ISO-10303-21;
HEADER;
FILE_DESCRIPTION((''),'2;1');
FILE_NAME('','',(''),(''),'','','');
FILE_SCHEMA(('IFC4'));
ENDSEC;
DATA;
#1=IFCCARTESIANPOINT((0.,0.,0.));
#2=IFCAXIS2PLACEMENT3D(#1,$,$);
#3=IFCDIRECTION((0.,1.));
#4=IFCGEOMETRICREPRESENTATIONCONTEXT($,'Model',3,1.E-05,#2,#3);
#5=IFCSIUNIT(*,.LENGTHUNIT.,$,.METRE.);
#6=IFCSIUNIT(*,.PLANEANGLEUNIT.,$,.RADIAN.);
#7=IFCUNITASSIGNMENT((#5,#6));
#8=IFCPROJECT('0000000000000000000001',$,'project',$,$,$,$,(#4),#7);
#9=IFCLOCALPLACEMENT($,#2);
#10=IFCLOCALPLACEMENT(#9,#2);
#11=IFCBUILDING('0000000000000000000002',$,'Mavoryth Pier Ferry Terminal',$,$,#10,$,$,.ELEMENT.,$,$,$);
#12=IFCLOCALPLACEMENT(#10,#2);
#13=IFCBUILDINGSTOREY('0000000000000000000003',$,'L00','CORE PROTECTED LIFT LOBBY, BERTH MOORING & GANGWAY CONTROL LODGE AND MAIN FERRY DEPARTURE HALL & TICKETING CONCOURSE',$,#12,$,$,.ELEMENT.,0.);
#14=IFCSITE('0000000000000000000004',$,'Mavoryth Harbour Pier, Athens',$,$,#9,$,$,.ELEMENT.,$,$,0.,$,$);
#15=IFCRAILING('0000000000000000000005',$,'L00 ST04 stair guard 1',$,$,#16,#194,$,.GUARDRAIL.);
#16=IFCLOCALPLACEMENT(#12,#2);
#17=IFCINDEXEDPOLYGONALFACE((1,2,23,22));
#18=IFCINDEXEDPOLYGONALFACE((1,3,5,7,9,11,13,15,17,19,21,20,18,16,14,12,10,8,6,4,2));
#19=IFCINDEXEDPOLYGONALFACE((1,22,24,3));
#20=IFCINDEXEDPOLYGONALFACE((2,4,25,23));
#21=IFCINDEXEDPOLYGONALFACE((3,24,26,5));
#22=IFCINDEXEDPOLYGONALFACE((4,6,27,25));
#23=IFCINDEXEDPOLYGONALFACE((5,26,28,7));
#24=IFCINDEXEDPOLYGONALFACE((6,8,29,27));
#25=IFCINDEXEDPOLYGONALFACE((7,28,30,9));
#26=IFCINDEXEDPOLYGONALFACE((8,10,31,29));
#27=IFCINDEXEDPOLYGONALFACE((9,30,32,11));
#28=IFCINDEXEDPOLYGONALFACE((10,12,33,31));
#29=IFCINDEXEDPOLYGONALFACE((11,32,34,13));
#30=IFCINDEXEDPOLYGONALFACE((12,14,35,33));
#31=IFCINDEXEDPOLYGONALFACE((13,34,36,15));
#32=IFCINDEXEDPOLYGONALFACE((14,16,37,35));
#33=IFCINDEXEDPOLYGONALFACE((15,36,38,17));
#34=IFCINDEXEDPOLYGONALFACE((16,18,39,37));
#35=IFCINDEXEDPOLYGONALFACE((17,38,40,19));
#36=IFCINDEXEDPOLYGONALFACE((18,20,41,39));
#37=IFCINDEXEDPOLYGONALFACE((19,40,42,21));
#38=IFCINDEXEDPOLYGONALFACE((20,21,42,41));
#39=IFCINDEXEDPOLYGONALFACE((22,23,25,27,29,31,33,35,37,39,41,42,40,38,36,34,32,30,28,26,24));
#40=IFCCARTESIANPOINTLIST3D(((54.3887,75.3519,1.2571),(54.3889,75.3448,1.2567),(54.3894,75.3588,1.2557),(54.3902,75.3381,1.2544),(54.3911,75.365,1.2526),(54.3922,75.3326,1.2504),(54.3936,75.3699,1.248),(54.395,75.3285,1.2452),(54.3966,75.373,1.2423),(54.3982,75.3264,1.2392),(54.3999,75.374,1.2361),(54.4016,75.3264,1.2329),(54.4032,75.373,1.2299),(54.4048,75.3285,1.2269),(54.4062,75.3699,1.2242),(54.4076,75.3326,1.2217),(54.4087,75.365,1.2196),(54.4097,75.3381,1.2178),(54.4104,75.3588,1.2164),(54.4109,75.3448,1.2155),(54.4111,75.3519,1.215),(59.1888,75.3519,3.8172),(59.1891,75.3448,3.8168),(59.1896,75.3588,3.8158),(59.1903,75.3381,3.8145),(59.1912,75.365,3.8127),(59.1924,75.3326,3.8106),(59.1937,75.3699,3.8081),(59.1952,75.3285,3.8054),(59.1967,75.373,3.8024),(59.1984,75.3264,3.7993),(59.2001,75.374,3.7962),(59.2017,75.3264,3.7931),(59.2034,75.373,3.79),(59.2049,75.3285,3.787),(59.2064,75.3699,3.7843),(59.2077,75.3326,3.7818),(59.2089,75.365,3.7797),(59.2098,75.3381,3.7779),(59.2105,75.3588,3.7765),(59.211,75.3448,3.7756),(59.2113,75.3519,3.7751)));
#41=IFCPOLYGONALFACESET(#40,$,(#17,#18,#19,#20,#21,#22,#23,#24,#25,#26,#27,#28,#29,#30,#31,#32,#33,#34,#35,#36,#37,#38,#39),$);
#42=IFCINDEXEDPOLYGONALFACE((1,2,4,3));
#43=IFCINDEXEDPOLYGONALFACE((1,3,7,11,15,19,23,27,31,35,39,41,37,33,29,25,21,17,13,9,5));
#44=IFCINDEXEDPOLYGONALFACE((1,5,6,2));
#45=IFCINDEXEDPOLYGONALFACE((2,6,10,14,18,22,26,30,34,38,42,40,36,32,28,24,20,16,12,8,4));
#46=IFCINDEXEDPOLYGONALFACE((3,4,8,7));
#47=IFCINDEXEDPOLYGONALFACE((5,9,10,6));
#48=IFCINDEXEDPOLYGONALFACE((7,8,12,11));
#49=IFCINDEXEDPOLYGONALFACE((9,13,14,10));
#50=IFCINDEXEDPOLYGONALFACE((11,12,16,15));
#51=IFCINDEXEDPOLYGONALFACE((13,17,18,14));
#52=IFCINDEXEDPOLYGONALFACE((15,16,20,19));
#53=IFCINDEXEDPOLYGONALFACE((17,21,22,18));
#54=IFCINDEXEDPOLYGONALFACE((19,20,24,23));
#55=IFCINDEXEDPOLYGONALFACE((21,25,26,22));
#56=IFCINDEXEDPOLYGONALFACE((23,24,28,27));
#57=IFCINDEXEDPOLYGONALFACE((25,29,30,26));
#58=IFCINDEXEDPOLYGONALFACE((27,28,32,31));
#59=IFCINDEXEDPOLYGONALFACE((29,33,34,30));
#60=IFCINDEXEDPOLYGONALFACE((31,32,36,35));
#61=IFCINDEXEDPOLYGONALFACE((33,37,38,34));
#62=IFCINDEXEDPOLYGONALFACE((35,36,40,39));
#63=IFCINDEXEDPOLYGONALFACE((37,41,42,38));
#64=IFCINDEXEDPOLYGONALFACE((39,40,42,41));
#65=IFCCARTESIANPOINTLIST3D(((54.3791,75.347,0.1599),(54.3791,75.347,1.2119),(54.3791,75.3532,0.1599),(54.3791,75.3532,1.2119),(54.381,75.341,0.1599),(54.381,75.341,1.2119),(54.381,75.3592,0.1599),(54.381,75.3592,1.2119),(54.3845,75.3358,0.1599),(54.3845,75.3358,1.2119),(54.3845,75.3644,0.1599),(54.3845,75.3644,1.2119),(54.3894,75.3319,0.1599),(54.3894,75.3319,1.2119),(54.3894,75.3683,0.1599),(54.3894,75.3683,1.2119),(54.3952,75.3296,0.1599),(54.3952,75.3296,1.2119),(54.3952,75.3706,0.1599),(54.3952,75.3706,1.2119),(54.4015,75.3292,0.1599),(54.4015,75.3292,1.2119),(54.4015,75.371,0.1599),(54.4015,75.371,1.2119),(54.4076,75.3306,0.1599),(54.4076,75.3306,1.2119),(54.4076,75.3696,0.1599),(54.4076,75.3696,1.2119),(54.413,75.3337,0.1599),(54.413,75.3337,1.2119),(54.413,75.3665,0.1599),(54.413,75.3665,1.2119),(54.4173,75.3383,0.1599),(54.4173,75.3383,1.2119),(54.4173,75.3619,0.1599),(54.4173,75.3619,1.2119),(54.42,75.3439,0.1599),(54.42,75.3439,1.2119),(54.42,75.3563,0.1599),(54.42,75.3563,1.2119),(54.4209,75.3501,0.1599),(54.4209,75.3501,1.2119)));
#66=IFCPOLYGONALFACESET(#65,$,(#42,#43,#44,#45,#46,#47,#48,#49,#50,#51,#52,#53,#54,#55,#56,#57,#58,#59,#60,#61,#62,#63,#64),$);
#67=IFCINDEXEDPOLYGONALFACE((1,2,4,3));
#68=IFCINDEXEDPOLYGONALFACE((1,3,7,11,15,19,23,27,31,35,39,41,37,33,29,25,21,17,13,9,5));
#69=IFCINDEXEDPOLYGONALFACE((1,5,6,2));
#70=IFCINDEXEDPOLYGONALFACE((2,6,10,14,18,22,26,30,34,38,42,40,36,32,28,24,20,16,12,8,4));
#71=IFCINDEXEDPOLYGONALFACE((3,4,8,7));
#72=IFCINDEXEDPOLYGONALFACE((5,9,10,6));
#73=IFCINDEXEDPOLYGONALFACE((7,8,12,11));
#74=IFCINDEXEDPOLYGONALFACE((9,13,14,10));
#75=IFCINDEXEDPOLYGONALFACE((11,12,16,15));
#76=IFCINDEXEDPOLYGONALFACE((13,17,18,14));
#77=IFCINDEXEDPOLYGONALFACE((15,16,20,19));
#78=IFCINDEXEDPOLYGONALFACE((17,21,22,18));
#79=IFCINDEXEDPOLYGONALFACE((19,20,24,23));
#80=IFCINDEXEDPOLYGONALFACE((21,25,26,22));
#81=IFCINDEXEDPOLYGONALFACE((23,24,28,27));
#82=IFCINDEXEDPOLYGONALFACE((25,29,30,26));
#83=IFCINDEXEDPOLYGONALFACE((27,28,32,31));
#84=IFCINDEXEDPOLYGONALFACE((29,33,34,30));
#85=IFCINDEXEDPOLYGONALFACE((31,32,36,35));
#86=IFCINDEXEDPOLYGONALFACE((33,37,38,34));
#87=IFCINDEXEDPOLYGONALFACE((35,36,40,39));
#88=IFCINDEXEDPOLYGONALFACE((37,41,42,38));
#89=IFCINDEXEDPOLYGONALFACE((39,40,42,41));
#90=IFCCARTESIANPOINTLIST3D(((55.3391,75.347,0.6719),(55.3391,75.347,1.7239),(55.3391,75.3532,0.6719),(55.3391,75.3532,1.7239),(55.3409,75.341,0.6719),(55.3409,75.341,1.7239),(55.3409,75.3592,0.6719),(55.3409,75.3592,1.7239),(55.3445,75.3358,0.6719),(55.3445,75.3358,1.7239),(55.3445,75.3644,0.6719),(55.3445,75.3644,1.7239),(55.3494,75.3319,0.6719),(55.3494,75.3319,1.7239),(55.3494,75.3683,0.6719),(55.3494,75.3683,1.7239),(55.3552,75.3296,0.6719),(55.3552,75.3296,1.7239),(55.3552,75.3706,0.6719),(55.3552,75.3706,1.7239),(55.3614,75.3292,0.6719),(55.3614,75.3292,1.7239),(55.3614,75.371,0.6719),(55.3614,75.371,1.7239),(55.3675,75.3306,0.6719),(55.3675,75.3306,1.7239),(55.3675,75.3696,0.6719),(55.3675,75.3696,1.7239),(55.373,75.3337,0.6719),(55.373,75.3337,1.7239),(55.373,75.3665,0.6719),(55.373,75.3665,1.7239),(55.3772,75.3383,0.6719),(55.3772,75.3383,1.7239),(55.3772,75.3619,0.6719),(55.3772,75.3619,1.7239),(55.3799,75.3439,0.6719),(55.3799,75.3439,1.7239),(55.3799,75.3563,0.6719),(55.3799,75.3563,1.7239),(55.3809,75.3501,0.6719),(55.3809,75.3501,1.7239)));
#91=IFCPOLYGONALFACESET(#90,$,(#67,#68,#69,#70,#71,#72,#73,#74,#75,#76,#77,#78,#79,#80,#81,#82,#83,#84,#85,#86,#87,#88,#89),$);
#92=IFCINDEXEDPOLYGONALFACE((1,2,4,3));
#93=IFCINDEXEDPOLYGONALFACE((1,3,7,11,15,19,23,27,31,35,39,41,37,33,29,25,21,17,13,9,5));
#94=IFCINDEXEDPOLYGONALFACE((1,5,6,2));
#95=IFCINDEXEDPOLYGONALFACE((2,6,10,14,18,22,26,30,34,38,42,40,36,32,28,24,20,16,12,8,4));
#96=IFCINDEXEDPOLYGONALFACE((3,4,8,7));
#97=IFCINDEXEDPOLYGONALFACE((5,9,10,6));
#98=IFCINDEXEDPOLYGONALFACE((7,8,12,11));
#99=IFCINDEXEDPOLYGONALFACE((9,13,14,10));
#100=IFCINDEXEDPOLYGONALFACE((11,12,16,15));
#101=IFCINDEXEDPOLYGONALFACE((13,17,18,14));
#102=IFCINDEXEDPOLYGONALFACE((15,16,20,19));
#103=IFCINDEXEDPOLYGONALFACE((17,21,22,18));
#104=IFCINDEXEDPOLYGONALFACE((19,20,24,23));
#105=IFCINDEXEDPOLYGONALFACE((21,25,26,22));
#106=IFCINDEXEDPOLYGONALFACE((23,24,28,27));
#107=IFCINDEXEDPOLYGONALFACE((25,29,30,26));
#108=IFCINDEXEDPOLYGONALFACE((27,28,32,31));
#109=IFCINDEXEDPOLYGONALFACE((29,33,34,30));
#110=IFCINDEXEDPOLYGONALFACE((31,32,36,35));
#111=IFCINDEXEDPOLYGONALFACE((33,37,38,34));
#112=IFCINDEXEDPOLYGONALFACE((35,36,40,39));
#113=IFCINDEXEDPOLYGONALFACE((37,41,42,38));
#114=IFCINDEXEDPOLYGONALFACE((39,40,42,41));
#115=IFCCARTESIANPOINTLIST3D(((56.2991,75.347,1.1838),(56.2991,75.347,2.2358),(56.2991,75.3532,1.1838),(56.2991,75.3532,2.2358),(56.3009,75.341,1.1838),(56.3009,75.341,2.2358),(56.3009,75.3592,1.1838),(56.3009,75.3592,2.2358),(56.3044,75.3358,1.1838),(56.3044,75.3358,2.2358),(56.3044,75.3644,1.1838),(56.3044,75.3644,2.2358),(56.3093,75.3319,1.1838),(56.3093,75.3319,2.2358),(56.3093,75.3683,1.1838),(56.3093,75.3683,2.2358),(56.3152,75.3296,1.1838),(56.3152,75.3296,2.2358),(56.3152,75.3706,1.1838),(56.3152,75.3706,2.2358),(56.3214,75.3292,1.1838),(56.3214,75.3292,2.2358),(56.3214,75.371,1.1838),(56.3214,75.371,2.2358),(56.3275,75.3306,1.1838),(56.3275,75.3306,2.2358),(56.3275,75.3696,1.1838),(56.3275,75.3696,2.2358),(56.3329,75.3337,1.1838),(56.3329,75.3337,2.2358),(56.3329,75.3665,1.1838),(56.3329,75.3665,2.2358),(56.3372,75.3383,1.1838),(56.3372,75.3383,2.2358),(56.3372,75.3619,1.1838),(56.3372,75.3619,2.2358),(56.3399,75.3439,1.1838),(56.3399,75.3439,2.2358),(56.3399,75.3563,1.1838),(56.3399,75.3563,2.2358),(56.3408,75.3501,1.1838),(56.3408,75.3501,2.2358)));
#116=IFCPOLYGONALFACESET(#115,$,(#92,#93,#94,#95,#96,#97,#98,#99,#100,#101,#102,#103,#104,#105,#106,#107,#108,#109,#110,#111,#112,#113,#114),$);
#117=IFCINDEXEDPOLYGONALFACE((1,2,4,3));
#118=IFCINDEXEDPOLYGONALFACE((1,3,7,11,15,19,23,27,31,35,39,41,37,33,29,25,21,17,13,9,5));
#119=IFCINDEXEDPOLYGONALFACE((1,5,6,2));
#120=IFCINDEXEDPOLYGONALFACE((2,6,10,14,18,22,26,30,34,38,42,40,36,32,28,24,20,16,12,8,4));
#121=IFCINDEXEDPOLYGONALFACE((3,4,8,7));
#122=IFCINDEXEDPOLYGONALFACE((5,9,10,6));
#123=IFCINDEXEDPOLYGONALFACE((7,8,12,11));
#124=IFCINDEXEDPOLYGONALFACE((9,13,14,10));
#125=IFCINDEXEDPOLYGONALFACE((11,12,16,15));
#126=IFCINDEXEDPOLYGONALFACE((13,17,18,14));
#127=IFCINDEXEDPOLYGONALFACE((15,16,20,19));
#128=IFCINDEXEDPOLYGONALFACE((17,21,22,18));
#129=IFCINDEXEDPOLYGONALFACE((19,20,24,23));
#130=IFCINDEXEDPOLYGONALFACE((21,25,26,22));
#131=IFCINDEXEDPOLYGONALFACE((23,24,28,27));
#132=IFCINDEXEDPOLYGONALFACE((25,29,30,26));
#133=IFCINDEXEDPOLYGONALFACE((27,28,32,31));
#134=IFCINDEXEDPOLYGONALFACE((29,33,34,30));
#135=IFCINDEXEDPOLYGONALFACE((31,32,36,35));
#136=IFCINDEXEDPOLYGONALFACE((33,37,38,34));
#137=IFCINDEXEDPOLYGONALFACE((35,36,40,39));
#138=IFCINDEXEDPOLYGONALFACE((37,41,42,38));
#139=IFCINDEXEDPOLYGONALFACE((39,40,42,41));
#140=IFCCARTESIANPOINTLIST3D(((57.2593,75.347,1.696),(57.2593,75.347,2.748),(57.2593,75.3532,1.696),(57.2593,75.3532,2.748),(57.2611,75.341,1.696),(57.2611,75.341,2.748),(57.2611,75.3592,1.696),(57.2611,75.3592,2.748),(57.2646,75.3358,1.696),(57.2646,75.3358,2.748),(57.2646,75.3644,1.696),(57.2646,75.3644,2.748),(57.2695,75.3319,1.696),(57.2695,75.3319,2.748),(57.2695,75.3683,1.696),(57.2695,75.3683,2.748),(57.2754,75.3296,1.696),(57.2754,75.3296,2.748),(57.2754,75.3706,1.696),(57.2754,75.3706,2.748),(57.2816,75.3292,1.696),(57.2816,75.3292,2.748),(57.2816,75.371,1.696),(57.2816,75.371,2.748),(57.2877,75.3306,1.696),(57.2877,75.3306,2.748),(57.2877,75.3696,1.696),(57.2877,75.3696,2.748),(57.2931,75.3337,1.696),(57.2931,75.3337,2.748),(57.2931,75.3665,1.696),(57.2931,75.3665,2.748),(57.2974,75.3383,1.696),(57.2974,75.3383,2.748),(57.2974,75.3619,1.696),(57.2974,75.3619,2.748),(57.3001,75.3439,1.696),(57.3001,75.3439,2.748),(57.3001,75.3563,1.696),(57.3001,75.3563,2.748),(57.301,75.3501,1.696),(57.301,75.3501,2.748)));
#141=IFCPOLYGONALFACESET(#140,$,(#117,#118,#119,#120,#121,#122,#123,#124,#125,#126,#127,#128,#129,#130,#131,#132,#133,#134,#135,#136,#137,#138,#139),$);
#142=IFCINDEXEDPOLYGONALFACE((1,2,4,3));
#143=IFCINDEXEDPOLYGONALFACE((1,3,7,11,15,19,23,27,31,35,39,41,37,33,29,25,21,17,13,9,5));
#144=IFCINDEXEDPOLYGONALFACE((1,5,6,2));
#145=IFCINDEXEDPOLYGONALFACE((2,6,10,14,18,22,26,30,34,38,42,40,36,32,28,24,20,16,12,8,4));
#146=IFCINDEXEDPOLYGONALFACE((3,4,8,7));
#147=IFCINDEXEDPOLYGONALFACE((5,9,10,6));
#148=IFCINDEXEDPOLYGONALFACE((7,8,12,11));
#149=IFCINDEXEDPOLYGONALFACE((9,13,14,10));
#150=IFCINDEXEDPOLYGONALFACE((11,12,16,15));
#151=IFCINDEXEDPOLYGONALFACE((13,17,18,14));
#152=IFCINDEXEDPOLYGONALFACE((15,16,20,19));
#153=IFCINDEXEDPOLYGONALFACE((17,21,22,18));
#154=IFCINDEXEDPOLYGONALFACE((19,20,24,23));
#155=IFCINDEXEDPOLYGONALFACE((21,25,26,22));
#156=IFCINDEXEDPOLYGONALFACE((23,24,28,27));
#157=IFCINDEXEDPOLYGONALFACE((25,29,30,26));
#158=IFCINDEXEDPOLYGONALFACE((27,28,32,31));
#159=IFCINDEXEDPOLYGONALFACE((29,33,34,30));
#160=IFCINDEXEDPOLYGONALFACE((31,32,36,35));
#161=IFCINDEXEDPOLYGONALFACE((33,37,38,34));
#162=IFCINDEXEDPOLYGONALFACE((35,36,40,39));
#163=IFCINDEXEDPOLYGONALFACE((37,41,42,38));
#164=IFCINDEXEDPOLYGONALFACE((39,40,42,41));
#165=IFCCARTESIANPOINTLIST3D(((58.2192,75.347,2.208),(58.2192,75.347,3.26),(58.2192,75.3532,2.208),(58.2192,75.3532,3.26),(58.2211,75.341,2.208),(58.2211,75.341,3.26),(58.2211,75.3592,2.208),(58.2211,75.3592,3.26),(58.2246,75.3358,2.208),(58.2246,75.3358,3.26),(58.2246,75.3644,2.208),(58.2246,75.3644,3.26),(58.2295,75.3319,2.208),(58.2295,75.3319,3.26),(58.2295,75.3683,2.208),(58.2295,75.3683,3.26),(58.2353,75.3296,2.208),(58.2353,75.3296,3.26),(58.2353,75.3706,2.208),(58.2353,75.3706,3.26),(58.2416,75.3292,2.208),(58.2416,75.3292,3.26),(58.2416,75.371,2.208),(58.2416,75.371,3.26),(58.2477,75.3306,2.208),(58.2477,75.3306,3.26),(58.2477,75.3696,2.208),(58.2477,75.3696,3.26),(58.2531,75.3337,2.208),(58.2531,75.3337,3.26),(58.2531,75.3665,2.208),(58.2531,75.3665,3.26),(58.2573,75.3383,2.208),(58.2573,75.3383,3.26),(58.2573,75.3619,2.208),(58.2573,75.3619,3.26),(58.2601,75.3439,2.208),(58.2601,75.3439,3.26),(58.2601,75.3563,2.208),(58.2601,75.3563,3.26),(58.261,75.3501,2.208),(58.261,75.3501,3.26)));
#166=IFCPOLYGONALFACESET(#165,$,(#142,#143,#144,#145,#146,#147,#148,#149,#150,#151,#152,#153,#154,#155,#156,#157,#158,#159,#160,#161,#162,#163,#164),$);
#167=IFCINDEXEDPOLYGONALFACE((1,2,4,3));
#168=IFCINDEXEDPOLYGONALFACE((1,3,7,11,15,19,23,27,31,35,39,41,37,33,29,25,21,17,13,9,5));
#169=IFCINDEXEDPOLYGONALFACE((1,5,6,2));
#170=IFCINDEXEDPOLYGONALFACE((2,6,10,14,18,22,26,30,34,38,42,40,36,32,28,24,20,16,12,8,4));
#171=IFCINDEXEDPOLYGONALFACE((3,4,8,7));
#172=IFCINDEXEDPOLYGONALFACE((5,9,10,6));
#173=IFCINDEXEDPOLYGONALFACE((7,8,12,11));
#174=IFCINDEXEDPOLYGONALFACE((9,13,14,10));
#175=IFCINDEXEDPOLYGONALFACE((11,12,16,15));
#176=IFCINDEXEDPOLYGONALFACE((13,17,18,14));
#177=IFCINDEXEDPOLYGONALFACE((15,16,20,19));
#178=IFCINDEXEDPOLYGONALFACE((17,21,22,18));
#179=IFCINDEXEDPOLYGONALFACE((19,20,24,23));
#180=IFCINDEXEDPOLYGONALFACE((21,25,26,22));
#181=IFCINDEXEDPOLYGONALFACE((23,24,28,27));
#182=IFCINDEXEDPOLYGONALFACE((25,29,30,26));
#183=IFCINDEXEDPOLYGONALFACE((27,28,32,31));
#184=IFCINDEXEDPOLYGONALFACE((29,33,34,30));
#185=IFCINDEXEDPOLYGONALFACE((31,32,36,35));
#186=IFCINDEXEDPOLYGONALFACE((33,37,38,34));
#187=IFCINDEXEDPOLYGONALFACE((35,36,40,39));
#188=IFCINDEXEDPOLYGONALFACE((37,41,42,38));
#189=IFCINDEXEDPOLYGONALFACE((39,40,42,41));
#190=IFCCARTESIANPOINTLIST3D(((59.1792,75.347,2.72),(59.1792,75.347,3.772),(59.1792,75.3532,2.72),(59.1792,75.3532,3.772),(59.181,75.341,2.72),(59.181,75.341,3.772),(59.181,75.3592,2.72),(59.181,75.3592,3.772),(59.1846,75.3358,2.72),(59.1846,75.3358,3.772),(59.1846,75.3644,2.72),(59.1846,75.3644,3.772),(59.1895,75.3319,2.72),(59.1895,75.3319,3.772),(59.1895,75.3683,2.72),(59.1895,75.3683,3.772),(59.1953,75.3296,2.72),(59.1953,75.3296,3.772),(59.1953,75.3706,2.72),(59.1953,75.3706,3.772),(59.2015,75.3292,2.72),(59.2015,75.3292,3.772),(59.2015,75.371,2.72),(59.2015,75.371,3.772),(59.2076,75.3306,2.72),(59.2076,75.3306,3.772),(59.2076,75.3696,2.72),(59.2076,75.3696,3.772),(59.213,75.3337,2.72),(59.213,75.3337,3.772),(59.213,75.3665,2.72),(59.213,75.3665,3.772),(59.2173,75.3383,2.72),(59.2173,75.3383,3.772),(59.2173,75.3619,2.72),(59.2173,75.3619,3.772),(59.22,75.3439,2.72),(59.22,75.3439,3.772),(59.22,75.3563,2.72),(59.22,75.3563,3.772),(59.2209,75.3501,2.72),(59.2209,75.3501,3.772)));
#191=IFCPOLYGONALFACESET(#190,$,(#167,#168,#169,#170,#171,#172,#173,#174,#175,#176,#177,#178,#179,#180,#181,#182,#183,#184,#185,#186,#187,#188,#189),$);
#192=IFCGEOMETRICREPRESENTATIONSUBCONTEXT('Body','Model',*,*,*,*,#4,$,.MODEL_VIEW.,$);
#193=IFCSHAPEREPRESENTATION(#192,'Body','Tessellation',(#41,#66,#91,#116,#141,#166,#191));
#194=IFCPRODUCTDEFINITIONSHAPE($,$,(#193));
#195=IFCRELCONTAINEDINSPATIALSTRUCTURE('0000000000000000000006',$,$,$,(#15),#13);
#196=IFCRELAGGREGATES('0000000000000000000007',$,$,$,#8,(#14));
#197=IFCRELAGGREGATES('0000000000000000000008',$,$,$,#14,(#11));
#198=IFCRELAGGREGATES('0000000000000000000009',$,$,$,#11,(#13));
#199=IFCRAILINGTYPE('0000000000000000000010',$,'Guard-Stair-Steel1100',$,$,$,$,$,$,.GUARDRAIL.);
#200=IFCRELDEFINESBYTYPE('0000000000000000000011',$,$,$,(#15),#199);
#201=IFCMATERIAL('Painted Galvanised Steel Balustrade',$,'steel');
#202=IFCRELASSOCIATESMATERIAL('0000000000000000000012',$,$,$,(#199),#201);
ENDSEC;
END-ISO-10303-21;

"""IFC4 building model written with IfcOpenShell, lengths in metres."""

from ifc_helpers import new_model, si_unit, direction, frame, origin, origin_2d, place, context, subcontext, project, spatial, circle, extrude, material, type_object, element, save


model = new_model("IFC4")

# Units and contexts
model_context = context("Model", 3, precision=1e-05, world=origin(), true_north=direction((0.0, 1.0)))
body_context = subcontext(model_context, "Body", "Model", "MODEL_VIEW")
ifc_project = project(units=[si_unit("LENGTHUNIT", "METRE"), si_unit("PLANEANGLEUNIT", "RADIAN")], contexts=[model_context])

# Site, building, storey
site_placement = place(None, origin())
site = spatial("IfcSite", under=ifc_project, at=site_placement, Name="Mavoryth Harbour Pier, Athens", CompositionType="ELEMENT", RefElevation=0.0)
building_placement = place(site_placement, origin())
building = spatial("IfcBuilding", under=site, at=building_placement, Name="Mavoryth Pier Ferry Terminal", CompositionType="ELEMENT")
storey_placement = place(building_placement, origin())
storey = spatial("IfcBuildingStorey", under=building, at=storey_placement, Name="L00", Description="CORE PROTECTED LIFT LOBBY, BERTH MOORING & GANGWAY CONTROL LODGE AND MAIN FERRY DEPARTURE HALL & TICKETING CONCOURSE", CompositionType="ELEMENT", Elevation=0.0)

# Railing
ifc_material_1 = material(Name="Painted Galvanised Steel Balustrade", Category="steel")
railing_type_1 = type_object("IfcRailingType", Name="Guard-Stair-Steel1100", PredefinedType="GUARDRAIL", material=ifc_material_1)
railing_1_placement = place(storey_placement, frame((54.3999, 75.3501, 0.1599)))
element("IfcRailing", 1, at=railing_1_placement, inside=storey, type_object=railing_type_1, Name="L00 ST04 stair guard 1", PredefinedType="GUARDRAIL", context=body_context, shape_type="SweptSolid", body=[
    extrude(circle(Radius=0.0239, at=origin_2d()), frame((0.0, 0.0, 1.0762), z_axis=(0.88235, 0.0, 0.470593), x_axis=(0.0, 1.0, 0.0)), (0.0, 0.0, 1.0), 5.4402),
    extrude(circle(Radius=0.021, at=origin_2d()), origin(), (0.0, 0.0, 1.0), 1.052),
    extrude(circle(Radius=0.021, at=origin_2d()), frame((0.96, 0.0, 0.512)), (0.0, 0.0, 1.0), 1.052),
    extrude(circle(Radius=0.021, at=origin_2d()), frame((1.9199, 0.0, 1.0239)), (0.0, 0.0, 1.0), 1.052),
    extrude(circle(Radius=0.021, at=origin_2d()), frame((2.8801, 0.0, 1.5361)), (0.0, 0.0, 1.0), 1.052),
    extrude(circle(Radius=0.021, at=origin_2d()), frame((3.8401, 0.0, 2.0481)), (0.0, 0.0, 1.0), 1.052),
    extrude(circle(Radius=0.021, at=origin_2d()), frame((4.8, 0.0, 2.5601)), (0.0, 0.0, 1.0), 1.052),
])

save(model, "model.ifc")
